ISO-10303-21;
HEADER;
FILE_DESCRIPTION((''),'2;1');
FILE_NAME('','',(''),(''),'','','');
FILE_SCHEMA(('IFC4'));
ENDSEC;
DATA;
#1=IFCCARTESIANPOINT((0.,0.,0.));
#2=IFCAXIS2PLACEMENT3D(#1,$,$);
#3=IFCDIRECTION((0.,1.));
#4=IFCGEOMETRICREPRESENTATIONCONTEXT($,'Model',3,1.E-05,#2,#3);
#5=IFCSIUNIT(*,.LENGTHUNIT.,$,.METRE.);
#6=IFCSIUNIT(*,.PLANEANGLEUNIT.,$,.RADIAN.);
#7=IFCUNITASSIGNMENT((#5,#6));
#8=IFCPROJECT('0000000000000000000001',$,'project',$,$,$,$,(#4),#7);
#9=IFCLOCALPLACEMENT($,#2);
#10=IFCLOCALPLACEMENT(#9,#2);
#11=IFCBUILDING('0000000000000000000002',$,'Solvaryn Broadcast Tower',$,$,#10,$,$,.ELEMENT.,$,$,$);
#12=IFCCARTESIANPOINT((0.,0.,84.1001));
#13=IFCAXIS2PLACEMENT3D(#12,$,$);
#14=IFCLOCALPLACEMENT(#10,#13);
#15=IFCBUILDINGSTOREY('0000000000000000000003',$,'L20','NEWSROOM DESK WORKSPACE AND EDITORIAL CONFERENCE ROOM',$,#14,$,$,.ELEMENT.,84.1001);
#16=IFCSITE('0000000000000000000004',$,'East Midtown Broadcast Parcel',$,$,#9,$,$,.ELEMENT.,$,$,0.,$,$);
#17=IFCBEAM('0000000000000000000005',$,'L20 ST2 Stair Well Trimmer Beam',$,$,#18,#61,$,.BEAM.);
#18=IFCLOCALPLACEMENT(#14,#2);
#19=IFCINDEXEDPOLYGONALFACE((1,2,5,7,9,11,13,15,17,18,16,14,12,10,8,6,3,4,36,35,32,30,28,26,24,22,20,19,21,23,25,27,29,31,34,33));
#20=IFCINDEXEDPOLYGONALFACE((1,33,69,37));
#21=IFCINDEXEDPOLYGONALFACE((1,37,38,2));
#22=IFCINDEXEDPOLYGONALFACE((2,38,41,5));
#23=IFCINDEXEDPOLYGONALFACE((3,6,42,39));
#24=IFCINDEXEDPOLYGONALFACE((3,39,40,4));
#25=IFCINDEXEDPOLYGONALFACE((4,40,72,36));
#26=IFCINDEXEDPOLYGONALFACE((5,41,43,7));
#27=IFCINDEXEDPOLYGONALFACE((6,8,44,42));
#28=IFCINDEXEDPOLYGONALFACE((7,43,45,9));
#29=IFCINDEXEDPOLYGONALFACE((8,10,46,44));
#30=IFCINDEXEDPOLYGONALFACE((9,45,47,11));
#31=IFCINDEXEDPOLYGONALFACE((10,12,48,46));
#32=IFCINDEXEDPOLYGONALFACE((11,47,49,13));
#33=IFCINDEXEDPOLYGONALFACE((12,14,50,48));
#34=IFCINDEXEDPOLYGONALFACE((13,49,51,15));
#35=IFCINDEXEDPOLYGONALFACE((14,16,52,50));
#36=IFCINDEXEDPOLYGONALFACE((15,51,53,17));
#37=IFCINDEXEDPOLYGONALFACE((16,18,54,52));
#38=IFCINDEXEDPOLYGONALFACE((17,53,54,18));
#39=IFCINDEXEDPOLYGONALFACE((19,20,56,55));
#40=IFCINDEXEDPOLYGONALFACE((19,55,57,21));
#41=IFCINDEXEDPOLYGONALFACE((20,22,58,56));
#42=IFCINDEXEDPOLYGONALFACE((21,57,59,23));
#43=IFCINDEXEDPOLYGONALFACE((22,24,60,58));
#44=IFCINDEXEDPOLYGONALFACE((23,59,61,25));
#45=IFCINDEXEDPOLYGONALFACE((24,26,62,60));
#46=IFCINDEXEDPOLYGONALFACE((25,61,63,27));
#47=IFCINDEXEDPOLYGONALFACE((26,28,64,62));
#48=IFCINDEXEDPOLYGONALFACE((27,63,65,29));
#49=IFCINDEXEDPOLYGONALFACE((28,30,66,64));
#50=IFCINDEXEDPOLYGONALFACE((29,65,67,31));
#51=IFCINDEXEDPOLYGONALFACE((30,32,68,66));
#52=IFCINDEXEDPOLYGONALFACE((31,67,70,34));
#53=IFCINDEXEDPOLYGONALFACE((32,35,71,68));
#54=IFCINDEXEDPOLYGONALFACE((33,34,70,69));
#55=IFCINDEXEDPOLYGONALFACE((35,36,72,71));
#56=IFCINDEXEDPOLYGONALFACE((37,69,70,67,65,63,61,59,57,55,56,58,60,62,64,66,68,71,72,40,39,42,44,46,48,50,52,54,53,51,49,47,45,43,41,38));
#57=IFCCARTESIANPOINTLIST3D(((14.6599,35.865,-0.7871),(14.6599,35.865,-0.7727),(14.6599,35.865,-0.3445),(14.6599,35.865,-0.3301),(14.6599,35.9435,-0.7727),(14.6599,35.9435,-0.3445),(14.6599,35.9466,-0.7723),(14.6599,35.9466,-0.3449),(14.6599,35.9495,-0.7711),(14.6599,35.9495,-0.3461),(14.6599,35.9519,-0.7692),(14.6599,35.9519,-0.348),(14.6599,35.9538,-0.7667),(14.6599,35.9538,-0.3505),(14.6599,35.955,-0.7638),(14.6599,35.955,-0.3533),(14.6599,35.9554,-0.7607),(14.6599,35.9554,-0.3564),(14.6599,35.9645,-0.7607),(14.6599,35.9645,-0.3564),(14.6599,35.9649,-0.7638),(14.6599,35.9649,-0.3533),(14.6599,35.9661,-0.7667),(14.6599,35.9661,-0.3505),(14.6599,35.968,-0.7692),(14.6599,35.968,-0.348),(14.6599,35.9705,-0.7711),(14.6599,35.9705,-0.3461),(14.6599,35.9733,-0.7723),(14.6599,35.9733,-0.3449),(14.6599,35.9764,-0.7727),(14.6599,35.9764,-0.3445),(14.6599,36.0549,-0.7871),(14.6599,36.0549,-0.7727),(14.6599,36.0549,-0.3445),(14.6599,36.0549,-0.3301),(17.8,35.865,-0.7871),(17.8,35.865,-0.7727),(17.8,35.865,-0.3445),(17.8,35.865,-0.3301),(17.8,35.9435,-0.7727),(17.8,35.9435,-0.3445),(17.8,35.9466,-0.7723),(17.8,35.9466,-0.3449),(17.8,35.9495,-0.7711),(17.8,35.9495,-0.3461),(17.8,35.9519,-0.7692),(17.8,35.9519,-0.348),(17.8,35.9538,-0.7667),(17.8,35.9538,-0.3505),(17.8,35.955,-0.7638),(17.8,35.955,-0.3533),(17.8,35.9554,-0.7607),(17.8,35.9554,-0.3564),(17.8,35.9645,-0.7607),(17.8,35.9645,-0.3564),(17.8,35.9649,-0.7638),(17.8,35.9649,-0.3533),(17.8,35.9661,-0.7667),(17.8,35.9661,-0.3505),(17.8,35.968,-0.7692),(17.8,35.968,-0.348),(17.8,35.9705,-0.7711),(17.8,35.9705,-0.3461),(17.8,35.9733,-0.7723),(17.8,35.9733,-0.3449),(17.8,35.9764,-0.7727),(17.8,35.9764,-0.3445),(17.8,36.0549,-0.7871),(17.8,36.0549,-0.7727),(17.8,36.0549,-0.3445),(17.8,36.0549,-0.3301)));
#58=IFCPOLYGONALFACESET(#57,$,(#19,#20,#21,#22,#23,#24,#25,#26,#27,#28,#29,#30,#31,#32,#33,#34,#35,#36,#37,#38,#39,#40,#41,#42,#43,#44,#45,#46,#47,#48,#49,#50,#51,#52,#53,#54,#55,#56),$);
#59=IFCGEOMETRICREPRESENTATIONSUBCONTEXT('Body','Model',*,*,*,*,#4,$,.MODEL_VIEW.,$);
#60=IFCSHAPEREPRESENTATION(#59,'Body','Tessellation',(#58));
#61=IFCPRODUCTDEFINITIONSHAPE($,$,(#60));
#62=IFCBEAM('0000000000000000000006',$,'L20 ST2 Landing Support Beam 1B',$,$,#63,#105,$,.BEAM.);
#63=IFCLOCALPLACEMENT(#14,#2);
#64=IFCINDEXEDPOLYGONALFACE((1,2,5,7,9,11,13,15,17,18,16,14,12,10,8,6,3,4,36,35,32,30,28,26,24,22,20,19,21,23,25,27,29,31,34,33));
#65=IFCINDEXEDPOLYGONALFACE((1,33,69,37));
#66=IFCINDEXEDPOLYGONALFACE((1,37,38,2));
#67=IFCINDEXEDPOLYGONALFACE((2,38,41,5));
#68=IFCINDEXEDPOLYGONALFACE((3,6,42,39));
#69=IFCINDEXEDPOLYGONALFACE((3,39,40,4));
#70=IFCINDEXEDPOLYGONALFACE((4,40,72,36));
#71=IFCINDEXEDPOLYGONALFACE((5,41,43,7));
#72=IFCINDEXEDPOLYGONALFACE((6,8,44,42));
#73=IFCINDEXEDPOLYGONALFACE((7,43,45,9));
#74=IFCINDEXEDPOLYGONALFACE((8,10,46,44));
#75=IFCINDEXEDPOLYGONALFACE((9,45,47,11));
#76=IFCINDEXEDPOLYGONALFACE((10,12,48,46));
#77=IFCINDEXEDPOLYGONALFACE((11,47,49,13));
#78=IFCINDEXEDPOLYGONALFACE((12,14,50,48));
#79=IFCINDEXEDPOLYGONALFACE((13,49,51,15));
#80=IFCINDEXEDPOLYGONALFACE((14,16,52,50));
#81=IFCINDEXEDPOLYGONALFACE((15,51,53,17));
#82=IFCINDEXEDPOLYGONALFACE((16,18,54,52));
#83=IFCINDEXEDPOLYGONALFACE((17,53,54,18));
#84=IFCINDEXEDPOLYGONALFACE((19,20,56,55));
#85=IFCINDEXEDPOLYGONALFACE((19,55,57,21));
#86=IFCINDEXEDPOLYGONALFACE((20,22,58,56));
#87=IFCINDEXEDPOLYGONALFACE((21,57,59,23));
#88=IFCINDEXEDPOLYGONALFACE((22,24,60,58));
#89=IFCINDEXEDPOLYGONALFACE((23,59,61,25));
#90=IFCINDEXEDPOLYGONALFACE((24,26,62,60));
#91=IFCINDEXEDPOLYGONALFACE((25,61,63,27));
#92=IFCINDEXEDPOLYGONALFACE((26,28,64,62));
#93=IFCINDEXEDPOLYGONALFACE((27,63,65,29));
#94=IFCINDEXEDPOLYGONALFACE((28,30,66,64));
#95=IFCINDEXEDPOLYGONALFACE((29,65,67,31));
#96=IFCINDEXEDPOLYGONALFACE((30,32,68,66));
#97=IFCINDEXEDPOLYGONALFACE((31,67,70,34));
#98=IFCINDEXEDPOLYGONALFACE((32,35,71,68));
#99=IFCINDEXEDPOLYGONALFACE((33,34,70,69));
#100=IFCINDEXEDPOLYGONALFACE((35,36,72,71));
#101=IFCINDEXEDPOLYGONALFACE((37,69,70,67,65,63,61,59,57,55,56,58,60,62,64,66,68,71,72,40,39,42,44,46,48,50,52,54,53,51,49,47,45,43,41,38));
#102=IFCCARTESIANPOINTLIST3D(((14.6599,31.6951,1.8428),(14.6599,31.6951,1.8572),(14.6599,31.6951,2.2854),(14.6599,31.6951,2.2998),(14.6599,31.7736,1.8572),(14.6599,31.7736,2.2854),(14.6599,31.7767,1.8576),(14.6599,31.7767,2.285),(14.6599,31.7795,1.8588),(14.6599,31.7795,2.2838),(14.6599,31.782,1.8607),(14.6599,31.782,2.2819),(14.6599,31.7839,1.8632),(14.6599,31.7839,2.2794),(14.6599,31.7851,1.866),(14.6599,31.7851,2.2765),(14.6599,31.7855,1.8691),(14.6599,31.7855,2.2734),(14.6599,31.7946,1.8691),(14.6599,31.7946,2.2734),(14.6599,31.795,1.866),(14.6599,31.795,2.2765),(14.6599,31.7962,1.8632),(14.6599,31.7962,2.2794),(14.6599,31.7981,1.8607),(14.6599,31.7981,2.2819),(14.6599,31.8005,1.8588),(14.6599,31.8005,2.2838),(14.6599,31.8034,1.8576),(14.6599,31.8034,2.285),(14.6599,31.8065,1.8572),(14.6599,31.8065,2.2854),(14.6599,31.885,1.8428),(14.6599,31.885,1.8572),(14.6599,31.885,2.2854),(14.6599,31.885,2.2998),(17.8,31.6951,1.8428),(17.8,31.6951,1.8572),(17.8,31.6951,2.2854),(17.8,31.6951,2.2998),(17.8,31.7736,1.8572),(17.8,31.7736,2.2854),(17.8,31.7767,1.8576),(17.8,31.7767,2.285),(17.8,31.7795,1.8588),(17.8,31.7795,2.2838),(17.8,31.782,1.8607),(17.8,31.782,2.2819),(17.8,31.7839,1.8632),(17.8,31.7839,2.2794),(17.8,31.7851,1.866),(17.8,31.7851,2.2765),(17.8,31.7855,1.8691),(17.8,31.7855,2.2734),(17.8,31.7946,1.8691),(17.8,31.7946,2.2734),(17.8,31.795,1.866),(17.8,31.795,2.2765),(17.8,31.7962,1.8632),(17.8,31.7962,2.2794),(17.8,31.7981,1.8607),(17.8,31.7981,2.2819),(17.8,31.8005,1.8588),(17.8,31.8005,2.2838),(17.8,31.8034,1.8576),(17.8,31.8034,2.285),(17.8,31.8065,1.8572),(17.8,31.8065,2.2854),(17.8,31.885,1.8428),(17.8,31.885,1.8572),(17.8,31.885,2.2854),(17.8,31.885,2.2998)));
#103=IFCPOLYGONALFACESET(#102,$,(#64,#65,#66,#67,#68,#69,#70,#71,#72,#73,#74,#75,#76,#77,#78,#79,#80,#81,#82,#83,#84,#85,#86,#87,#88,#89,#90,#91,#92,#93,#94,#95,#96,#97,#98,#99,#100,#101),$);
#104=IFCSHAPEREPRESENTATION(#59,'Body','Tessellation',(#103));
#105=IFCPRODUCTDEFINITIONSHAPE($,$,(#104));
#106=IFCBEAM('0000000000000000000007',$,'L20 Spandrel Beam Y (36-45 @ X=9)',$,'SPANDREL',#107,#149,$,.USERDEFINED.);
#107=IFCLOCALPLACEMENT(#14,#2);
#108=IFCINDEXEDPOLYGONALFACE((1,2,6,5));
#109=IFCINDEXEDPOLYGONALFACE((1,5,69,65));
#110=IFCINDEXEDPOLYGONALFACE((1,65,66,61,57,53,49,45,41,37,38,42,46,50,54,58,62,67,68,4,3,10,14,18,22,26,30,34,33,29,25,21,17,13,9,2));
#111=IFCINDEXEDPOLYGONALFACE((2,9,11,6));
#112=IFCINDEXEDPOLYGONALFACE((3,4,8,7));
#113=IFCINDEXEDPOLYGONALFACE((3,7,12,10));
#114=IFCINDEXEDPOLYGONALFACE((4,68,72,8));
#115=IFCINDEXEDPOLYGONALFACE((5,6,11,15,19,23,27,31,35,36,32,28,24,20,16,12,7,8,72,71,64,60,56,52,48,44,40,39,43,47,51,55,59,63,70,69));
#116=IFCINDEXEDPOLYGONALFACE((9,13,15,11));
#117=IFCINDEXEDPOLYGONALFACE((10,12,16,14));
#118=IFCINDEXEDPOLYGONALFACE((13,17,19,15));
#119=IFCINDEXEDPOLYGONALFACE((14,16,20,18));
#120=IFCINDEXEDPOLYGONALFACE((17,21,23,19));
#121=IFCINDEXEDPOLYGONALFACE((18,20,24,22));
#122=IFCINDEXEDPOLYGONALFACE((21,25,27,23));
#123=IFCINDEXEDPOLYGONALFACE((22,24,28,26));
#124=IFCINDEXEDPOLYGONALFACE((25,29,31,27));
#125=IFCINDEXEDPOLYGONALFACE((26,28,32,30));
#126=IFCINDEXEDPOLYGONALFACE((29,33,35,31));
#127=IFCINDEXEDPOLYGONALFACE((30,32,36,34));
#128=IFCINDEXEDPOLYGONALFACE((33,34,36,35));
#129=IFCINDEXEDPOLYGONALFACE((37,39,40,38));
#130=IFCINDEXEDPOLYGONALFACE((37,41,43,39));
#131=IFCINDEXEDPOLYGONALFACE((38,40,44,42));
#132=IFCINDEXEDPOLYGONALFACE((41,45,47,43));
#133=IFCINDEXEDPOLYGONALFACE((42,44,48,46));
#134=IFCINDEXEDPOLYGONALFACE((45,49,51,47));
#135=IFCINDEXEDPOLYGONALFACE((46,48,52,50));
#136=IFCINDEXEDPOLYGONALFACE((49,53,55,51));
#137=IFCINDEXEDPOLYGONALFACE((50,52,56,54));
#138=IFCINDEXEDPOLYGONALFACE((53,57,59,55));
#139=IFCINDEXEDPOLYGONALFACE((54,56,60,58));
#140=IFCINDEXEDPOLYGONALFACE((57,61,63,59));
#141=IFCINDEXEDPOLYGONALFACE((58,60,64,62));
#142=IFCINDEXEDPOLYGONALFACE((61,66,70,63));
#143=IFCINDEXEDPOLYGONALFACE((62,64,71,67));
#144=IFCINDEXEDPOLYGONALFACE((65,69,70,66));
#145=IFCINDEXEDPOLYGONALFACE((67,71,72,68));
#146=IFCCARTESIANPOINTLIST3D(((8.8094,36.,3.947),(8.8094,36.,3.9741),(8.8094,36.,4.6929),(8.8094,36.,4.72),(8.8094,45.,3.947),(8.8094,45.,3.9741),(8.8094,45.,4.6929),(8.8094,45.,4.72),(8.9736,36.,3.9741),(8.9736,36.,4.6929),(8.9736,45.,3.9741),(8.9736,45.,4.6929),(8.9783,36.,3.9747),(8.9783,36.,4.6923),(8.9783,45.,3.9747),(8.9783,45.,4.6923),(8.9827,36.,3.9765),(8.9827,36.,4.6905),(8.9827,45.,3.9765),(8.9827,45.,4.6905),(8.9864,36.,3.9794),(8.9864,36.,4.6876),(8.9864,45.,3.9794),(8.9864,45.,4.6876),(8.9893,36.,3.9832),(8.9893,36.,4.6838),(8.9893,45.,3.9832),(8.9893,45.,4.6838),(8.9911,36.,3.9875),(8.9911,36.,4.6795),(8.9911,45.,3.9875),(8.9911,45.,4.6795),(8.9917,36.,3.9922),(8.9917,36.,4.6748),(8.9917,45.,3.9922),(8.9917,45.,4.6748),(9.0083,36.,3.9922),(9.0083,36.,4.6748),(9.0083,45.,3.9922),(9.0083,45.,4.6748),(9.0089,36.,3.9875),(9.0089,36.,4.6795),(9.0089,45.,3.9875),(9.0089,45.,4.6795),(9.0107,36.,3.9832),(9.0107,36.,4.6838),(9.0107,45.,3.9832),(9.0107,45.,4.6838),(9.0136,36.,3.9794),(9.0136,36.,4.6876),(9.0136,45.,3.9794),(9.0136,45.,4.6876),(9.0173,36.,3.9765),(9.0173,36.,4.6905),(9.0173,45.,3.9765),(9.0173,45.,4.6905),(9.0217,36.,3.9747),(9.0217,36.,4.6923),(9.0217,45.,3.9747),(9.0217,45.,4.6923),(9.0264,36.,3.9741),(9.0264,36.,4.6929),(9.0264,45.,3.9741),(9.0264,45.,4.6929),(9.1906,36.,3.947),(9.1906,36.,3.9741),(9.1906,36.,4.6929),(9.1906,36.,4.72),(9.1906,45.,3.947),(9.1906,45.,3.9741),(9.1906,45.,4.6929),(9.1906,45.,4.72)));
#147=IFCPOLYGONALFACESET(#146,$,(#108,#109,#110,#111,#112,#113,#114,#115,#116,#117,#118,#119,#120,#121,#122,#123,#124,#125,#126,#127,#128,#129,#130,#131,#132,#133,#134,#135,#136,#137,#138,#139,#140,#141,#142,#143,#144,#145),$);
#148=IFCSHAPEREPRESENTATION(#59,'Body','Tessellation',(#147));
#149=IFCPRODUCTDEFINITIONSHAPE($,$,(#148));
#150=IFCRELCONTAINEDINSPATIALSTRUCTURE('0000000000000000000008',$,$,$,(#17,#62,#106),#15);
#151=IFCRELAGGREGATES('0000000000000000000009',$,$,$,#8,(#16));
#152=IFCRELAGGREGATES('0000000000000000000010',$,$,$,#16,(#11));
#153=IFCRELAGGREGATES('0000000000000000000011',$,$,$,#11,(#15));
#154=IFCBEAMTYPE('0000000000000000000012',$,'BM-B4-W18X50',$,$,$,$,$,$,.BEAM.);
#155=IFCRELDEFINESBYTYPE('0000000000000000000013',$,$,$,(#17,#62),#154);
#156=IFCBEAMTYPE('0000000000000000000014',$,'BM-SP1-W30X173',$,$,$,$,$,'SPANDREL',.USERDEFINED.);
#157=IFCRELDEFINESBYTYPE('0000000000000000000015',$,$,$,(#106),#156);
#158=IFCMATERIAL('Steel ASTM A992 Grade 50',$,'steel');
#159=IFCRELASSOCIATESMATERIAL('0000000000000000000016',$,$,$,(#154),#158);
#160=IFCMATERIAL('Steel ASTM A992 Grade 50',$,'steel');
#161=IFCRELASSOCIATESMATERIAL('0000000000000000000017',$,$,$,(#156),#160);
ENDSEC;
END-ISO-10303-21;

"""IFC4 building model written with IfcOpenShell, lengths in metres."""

from ifc_helpers import new_model, si_unit, direction, frame, origin, origin_2d, place, context, subcontext, project, spatial, i_section, extrude, material, material_profile, profile_set, type_object, element, save


model = new_model("IFC4")

# Units and contexts
model_context = context("Model", 3, precision=1e-05, world=origin(), true_north=direction((0.0, 1.0)))
body_context = subcontext(model_context, "Body", "Model", "MODEL_VIEW")
ifc_project = project(units=[si_unit("LENGTHUNIT", "METRE"), si_unit("PLANEANGLEUNIT", "RADIAN")], contexts=[model_context])

# Site, building, storey
site_placement = place(None, origin())
site = spatial("IfcSite", under=ifc_project, at=site_placement, Name="East Midtown Broadcast Parcel", CompositionType="ELEMENT", RefElevation=0.0)
building_placement = place(site_placement, origin())
building = spatial("IfcBuilding", under=site, at=building_placement, Name="Solvaryn Broadcast Tower", CompositionType="ELEMENT")
storey_placement = place(building_placement, frame((0.0, 0.0, 84.1001)))
storey = spatial("IfcBuildingStorey", under=building, at=storey_placement, Name="L20", Description="NEWSROOM DESK WORKSPACE AND EDITORIAL CONFERENCE ROOM", CompositionType="ELEMENT", Elevation=84.1001)

# Beams
ifc_material_1 = material(Name="Steel ASTM A992 Grade 50", Category="steel")
ifc_material_profile_1 = material_profile(ifc_material_1, i_section(OverallWidth=0.1899, OverallDepth=0.457, WebThickness=0.009, FlangeThickness=0.0144, FilletRadius=0.012, at=origin_2d()))
ifc_profile_set_1 = profile_set([ifc_material_profile_1], Name="Steel ASTM A992 Grade 50")
beam_type_1 = type_object("IfcBeamType", Name="BM-B4-W18X50", PredefinedType="BEAM", material=ifc_profile_set_1)
for number, where, z_axis, x_axis, name in (
    (1, (14.6599, 35.96, -0.5586), (1.0, 0.0, 0.0), (0.0, 1.0, 0.0), "L20 ST2 Stair Well Trimmer Beam"),
    (2, (14.6599, 31.79, 2.0713), (1.0, 0.0, 0.0), (0.0, 1.0, 0.0), "L20 ST2 Landing Support Beam 1B"),
):
    element("IfcBeam", number, at=place(storey_placement, frame(where, z_axis=z_axis, x_axis=x_axis)), inside=storey, type_object=beam_type_1, Name=name, PredefinedType="BEAM", context=body_context, shape_type="SweptSolid", body=[
        extrude(i_section(OverallWidth=0.1899, OverallDepth=0.457, WebThickness=0.009, FlangeThickness=0.0144, FilletRadius=0.012, at=origin_2d()), origin(), (0.0, 0.0, 1.0), 3.1401),
    ])
ifc_material_2 = material(Name="Steel ASTM A992 Grade 50", Category="steel")
ifc_material_profile_2 = material_profile(ifc_material_2, i_section(OverallWidth=0.3811, OverallDepth=0.7729, WebThickness=0.0166, FlangeThickness=0.0271, FilletRadius=0.0181, at=origin_2d()))
ifc_profile_set_2 = profile_set([ifc_material_profile_2], Name="Steel ASTM A992 Grade 50")
beam_type_2 = type_object("IfcBeamType", Name="BM-SP1-W30X173", ElementType="SPANDREL", PredefinedType="USERDEFINED", material=ifc_profile_set_2)
beam_1_placement = place(storey_placement, frame((9.0, 36.0, 4.3335), z_axis=(0.0, 1.0, 0.0), x_axis=(-1.0, 0.0, 0.0)))
element("IfcBeam", 3, at=beam_1_placement, inside=storey, type_object=beam_type_2, Name="L20 Spandrel Beam Y (36-45 @ X=9)", ObjectType="SPANDREL", PredefinedType="USERDEFINED", context=body_context, shape_type="SweptSolid", body=[
    extrude(i_section(OverallWidth=0.3811, OverallDepth=0.7729, WebThickness=0.0166, FlangeThickness=0.0271, FilletRadius=0.0181, at=origin_2d()), origin(), (0.0, 0.0, 1.0), 9.0),
])

save(model, "model.ifc")
